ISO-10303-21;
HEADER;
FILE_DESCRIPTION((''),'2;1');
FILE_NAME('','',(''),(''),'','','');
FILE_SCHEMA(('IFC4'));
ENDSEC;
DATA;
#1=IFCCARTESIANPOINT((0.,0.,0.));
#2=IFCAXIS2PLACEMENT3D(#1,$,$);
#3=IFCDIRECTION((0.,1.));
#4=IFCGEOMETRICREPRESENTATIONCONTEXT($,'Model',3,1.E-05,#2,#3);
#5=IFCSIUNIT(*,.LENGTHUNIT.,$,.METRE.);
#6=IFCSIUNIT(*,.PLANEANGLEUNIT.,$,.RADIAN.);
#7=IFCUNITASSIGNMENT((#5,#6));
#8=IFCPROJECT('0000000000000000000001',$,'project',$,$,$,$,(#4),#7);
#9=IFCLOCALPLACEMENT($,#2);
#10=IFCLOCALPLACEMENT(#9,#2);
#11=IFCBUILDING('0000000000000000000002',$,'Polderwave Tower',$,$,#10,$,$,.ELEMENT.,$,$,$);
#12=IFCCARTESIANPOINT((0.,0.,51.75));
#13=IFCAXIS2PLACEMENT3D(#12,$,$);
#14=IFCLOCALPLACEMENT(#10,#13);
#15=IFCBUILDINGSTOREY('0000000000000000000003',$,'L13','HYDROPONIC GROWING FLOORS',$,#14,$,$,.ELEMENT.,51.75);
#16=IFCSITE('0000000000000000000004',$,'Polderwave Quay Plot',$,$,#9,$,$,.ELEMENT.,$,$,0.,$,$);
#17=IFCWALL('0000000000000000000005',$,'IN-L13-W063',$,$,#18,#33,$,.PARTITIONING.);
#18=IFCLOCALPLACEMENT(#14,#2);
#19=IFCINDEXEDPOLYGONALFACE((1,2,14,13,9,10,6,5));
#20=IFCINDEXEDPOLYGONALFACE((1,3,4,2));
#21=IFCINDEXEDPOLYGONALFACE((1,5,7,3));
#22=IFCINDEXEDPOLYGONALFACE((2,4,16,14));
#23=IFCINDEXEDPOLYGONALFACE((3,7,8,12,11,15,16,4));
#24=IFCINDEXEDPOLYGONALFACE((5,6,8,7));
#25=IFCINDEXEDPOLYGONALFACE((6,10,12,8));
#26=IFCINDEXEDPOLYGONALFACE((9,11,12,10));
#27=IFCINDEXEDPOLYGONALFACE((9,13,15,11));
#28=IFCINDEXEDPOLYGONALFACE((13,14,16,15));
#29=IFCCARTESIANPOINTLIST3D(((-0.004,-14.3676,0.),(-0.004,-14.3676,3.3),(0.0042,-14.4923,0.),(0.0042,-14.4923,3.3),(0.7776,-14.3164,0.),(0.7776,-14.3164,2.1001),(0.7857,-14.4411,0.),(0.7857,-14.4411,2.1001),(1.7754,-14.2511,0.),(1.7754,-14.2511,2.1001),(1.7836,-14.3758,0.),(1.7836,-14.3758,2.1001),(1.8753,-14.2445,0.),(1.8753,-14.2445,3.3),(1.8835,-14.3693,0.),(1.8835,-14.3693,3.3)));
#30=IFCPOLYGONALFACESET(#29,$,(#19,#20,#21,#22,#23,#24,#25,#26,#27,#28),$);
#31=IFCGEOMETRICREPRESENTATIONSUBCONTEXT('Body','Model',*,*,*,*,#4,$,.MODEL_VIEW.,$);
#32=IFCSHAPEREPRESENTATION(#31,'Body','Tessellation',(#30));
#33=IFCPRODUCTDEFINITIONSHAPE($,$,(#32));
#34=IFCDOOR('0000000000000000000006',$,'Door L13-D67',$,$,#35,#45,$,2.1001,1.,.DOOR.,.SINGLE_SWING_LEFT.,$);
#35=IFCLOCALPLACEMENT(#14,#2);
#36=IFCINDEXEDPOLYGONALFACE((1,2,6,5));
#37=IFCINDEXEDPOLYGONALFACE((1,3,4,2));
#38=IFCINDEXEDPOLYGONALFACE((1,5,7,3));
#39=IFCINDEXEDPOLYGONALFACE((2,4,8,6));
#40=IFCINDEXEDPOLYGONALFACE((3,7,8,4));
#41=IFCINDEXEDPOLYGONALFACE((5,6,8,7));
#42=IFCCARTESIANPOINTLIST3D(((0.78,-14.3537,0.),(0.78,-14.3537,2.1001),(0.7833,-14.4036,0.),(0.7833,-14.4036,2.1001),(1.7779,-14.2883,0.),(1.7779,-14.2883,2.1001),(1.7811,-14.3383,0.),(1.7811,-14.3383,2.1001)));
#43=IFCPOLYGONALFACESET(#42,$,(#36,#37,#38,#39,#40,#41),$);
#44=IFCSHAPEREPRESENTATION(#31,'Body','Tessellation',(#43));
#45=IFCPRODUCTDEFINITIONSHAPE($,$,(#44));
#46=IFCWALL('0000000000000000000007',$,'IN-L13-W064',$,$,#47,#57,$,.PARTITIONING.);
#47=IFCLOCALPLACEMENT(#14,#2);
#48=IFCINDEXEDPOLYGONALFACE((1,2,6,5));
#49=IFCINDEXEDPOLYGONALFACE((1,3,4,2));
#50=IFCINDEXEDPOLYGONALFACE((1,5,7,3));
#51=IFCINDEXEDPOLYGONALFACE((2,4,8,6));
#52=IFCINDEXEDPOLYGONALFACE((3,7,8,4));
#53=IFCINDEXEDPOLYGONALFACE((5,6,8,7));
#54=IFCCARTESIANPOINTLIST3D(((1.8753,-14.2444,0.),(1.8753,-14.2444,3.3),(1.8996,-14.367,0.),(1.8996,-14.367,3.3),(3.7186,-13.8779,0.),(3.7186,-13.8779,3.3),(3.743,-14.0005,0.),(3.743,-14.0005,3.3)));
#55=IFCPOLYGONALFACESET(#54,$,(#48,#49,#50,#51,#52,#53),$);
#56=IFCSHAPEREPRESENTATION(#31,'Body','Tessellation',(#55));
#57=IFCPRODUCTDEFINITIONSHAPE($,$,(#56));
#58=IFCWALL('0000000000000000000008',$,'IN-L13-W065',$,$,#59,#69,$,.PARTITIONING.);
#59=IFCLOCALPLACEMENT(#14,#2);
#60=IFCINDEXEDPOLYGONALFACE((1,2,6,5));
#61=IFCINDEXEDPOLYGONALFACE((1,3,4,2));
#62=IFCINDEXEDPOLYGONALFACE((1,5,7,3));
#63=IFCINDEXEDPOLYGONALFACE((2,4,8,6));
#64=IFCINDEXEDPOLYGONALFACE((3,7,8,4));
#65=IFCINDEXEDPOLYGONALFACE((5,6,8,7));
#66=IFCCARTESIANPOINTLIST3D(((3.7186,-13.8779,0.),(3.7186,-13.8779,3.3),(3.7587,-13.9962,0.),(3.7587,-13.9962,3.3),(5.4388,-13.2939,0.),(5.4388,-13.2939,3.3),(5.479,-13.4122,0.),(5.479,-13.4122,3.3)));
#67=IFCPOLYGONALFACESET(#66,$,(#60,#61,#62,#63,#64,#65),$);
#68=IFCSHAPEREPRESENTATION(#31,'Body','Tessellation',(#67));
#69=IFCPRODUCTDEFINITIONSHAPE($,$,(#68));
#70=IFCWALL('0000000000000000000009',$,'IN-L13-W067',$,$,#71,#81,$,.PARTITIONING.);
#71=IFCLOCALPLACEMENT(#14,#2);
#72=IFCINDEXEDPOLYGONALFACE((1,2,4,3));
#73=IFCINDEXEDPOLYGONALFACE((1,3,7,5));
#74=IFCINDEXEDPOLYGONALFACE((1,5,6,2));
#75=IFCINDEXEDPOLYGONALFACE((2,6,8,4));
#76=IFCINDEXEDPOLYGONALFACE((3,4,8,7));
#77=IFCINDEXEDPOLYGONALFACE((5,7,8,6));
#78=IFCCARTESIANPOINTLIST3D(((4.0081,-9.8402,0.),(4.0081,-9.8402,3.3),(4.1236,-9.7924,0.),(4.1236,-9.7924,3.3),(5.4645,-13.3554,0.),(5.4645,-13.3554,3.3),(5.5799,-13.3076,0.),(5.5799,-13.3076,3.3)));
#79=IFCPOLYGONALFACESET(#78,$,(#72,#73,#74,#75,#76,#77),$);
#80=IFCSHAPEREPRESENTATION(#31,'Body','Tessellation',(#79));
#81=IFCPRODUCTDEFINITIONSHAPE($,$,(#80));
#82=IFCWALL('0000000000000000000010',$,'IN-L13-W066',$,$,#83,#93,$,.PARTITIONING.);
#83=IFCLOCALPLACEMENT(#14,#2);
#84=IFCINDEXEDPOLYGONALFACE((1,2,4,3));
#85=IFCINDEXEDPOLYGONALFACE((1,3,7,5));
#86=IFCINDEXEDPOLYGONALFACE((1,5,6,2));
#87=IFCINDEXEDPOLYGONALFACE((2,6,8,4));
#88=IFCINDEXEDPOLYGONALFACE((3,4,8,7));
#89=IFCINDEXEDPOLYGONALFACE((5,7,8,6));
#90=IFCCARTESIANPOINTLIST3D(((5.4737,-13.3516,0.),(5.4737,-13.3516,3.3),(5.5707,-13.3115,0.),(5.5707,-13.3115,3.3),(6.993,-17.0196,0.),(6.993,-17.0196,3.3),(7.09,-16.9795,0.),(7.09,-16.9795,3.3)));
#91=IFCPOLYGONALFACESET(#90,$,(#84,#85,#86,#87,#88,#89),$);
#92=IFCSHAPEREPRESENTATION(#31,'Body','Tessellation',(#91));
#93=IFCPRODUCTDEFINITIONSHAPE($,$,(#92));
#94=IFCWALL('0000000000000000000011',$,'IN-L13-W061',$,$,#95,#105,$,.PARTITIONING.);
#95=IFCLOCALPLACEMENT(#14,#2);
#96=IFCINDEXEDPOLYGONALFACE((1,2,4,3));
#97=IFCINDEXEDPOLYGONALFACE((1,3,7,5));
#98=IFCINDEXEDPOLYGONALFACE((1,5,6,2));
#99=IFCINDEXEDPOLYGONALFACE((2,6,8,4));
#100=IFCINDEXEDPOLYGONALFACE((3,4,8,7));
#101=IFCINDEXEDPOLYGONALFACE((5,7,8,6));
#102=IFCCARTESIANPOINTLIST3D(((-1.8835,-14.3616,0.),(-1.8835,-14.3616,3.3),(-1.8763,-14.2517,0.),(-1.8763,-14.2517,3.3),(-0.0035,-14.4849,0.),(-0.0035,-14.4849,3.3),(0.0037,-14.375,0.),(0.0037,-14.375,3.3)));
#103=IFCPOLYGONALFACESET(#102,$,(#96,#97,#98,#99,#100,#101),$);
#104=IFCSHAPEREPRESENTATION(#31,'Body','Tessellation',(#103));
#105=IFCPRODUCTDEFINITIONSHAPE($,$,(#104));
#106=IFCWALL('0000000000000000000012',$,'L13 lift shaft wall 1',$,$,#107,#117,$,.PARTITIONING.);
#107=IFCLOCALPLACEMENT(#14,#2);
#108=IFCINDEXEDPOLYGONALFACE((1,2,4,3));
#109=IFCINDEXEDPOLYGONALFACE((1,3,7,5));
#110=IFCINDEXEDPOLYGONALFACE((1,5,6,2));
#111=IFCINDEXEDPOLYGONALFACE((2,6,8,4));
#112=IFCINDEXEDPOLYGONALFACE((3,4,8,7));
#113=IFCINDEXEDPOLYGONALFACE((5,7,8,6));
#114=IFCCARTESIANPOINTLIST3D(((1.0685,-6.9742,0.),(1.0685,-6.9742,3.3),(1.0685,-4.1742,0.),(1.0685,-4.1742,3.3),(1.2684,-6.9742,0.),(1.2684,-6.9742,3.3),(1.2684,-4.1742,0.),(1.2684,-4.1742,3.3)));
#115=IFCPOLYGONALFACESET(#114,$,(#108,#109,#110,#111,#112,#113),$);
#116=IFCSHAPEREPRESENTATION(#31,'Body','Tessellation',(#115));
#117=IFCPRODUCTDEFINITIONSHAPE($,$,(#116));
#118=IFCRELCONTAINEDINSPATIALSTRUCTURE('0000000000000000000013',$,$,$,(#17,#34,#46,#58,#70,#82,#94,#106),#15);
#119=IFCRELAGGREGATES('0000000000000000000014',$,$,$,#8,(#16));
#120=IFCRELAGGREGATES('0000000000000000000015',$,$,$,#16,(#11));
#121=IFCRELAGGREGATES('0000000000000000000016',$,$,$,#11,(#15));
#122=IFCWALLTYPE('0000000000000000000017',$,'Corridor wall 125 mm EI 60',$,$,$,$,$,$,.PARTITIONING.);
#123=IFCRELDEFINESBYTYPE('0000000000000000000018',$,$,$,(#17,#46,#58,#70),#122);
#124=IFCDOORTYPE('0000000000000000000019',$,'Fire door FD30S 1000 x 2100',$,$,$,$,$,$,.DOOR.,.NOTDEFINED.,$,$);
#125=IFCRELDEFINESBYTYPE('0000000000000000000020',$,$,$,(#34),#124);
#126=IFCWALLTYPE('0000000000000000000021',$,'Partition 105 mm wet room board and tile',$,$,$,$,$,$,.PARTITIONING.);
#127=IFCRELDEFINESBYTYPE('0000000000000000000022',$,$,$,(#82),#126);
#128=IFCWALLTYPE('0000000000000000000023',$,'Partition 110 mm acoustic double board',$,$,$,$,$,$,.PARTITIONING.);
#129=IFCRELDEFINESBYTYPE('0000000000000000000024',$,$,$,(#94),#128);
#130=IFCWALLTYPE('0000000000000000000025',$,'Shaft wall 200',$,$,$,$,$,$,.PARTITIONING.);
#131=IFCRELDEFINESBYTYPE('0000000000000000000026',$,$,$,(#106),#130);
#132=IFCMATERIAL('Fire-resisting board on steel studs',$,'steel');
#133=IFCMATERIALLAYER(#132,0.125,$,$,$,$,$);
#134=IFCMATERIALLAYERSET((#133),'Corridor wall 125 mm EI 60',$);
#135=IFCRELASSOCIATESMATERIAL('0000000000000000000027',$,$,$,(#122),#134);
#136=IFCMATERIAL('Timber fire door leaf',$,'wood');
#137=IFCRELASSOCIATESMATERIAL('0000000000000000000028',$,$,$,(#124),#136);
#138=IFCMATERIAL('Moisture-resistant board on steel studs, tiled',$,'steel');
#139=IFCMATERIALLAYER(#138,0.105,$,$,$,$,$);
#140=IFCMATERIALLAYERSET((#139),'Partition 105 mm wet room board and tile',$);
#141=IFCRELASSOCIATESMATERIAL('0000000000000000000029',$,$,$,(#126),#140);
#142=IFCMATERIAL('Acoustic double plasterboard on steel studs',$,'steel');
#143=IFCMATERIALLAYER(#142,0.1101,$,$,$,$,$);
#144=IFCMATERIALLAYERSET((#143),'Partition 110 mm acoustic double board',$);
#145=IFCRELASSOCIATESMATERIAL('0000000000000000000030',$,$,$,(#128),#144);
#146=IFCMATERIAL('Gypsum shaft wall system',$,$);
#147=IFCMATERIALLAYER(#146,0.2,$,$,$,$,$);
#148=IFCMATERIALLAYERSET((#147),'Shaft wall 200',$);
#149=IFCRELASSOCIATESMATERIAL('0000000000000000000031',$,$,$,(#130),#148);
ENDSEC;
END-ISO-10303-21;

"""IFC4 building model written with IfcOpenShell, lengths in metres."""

from ifc_helpers import new_model, si_unit, direction, frame, frame_2d, origin, place, context, subcontext, project, spatial, rectangle, extrude, material, layer, layer_set, type_object, element, fill, save


model = new_model("IFC4")

# Units and contexts
model_context = context("Model", 3, precision=1e-05, world=origin(), true_north=direction((0.0, 1.0)))
body_context = subcontext(model_context, "Body", "Model", "MODEL_VIEW")
ifc_project = project(units=[si_unit("LENGTHUNIT", "METRE"), si_unit("PLANEANGLEUNIT", "RADIAN")], contexts=[model_context])

# Site, building, storey
site_placement = place(None, origin())
site = spatial("IfcSite", under=ifc_project, at=site_placement, Name="Polderwave Quay Plot", CompositionType="ELEMENT", RefElevation=0.0)
building_placement = place(site_placement, origin())
building = spatial("IfcBuilding", under=site, at=building_placement, Name="Polderwave Tower", CompositionType="ELEMENT")
storey_placement = place(building_placement, frame((0.0, 0.0, 51.75)))
storey = spatial("IfcBuildingStorey", under=building, at=storey_placement, Name="L13", Description="HYDROPONIC GROWING FLOORS", CompositionType="ELEMENT", Elevation=51.75)

# Shared definitions
ifc_material_1 = material(Name="Fire-resisting board on steel studs", Category="steel")
ifc_layer_1 = layer(ifc_material_1, 0.125)
ifc_layer_set_1 = layer_set([ifc_layer_1], Name="Corridor wall 125 mm EI 60")
wall_type_1 = type_object("IfcWallType", Name="Corridor wall 125 mm EI 60", PredefinedType="PARTITIONING", material=ifc_layer_set_1)

# Wall, opening, door
ifc_material_2 = material(Name="Timber fire door leaf", Category="wood")
door_type = type_object("IfcDoorType", Name="Fire door FD30S 1000 x 2100", OperationType="NOTDEFINED", PredefinedType="DOOR", material=ifc_material_2)
wall_1_placement = place(storey_placement, frame((1.8794, -14.3069, 0.0), z_axis=(0.0, 0.0, 1.0), x_axis=(-0.997864, -0.065332, 0.0)))
wall_1 = element("IfcWall", 1, at=wall_1_placement, inside=storey, type_object=wall_type_1, Name="IN-L13-W063", PredefinedType="PARTITIONING", context=body_context, shape_type="SweptSolid", body=[
    extrude(rectangle(XDim=1.8833, YDim=0.125, at=frame_2d((0.9417, 0.0))), origin(), (0.0, 0.0, 1.0), 3.3),
])
opening_1_placement = place(wall_1_placement, frame((0.1001, 0.0, 0.0)))
opening_1 = element("IfcOpeningElement", 2, at=opening_1_placement, cuts=wall_1, PredefinedType="OPENING", context=body_context, shape_type="SweptSolid", body=[
    extrude(rectangle(XDim=1.0, YDim=2.1001, at=frame_2d((0.5, 1.05))), frame((0.0, 0.0725, 0.0), z_axis=(0.0, -1.0, 0.0), x_axis=(1.0, 0.0, 0.0)), (0.0, 0.0, 1.0), 0.145),
])
door_1_placement = place(opening_1_placement, origin())
door_1 = element("IfcDoor", 3, at=door_1_placement, inside=storey, type_object=door_type, Name="Door L13-D67", OperationType="SINGLE_SWING_LEFT", OverallHeight=2.1001, OverallWidth=1.0, PredefinedType="DOOR", context=body_context, shape_type="SweptSolid", body=[
    extrude(rectangle(XDim=1.0, YDim=2.1001, at=frame_2d((0.5, 1.05))), frame((0.0, 0.0249, 0.0), z_axis=(0.0, -1.0, 0.0), x_axis=(1.0, 0.0, 0.0)), (0.0, 0.0, 1.0), 0.05),
])
fill(opening_1, door_1)

# Walls
wall_2_placement = place(storey_placement, frame((1.8875, -14.3057, 0.0), z_axis=(0.0, 0.0, 1.0), x_axis=(0.980805, 0.194992, 0.0)))
element("IfcWall", 4, at=wall_2_placement, inside=storey, type_object=wall_type_1, Name="IN-L13-W064", PredefinedType="PARTITIONING", context=body_context, shape_type="SweptSolid", body=[
    extrude(rectangle(XDim=1.8794, YDim=0.125, at=frame_2d((0.9397, 0.0))), origin(), (0.0, 0.0, 1.0), 3.3),
])
wall_3_placement = place(storey_placement, frame((3.7388, -13.937, 0.0), z_axis=(0.0, 0.0, 1.0), x_axis=(0.946922, 0.321464, 0.0)))
element("IfcWall", 5, at=wall_3_placement, inside=storey, type_object=wall_type_1, Name="IN-L13-W065", PredefinedType="PARTITIONING", context=body_context, shape_type="SweptSolid", body=[
    extrude(rectangle(XDim=1.8167, YDim=0.125, at=frame_2d((0.9082, 0.0))), origin(), (0.0, 0.0, 1.0), 3.3),
])
wall_4_placement = place(storey_placement, frame((4.0659, -9.8164, 0.0), z_axis=(0.0, 0.0, 1.0), x_axis=(0.382747, -0.923853, 0.0)))
element("IfcWall", 6, at=wall_4_placement, inside=storey, type_object=wall_type_1, Name="IN-L13-W067", PredefinedType="PARTITIONING", context=body_context, shape_type="SweptSolid", body=[
    extrude(rectangle(XDim=3.8049, YDim=0.125, at=frame_2d((1.9023, 0.0))), origin(), (0.0, 0.0, 1.0), 3.3),
])
ifc_material_3 = material(Name="Moisture-resistant board on steel studs, tiled", Category="steel")
ifc_layer_2 = layer(ifc_material_3, 0.105)
ifc_layer_set_2 = layer_set([ifc_layer_2], Name="Partition 105 mm wet room board and tile")
wall_type_2 = type_object("IfcWallType", Name="Partition 105 mm wet room board and tile", PredefinedType="PARTITIONING", material=ifc_layer_set_2)
wall_5_placement = place(storey_placement, frame((5.5222, -13.3315, 0.0), z_axis=(0.0, 0.0, 1.0), x_axis=(0.382676, -0.923883, 0.0)))
element("IfcWall", 7, at=wall_5_placement, inside=storey, type_object=wall_type_2, Name="IN-L13-W066", PredefinedType="PARTITIONING", context=body_context, shape_type="SweptSolid", body=[
    extrude(rectangle(XDim=3.9702, YDim=0.105, at=frame_2d((1.9851, 0.0))), origin(), (0.0, 0.0, 1.0), 3.3),
])
ifc_material_4 = material(Name="Acoustic double plasterboard on steel studs", Category="steel")
ifc_layer_3 = layer(ifc_material_4, 0.1101)
ifc_layer_set_3 = layer_set([ifc_layer_3], Name="Partition 110 mm acoustic double board")
wall_type_3 = type_object("IfcWallType", Name="Partition 110 mm acoustic double board", PredefinedType="PARTITIONING", material=ifc_layer_set_3)
wall_6_placement = place(storey_placement, frame((0.0, -14.4299, 0.0), z_axis=(0.0, 0.0, 1.0), x_axis=(-0.997856, 0.065444, 0.0)))
element("IfcWall", 8, at=wall_6_placement, inside=storey, type_object=wall_type_3, Name="IN-L13-W061", PredefinedType="PARTITIONING", context=body_context, shape_type="SweptSolid", body=[
    extrude(rectangle(XDim=1.884, YDim=0.1101, at=frame_2d((0.9419, 0.0))), origin(), (0.0, 0.0, 1.0), 3.3),
])
ifc_material_5 = material(Name="Gypsum shaft wall system")
ifc_layer_4 = layer(ifc_material_5, 0.2)
ifc_layer_set_4 = layer_set([ifc_layer_4], Name="Shaft wall 200")
wall_type_4 = type_object("IfcWallType", Name="Shaft wall 200", PredefinedType="PARTITIONING", material=ifc_layer_set_4)
wall_7_placement = place(storey_placement, frame((1.1685, -6.9741, 0.0), z_axis=(0.0, 0.0, 1.0), x_axis=(0.0, 1.0, 0.0)))
element("IfcWall", 9, at=wall_7_placement, inside=storey, type_object=wall_type_4, Name="L13 lift shaft wall 1", PredefinedType="PARTITIONING", context=body_context, shape_type="SweptSolid", body=[
    extrude(rectangle(XDim=2.8, YDim=0.2, at=frame_2d((1.3999, 0.0))), origin(), (0.0, 0.0, 1.0), 3.3),
])

save(model, "model.ifc")
